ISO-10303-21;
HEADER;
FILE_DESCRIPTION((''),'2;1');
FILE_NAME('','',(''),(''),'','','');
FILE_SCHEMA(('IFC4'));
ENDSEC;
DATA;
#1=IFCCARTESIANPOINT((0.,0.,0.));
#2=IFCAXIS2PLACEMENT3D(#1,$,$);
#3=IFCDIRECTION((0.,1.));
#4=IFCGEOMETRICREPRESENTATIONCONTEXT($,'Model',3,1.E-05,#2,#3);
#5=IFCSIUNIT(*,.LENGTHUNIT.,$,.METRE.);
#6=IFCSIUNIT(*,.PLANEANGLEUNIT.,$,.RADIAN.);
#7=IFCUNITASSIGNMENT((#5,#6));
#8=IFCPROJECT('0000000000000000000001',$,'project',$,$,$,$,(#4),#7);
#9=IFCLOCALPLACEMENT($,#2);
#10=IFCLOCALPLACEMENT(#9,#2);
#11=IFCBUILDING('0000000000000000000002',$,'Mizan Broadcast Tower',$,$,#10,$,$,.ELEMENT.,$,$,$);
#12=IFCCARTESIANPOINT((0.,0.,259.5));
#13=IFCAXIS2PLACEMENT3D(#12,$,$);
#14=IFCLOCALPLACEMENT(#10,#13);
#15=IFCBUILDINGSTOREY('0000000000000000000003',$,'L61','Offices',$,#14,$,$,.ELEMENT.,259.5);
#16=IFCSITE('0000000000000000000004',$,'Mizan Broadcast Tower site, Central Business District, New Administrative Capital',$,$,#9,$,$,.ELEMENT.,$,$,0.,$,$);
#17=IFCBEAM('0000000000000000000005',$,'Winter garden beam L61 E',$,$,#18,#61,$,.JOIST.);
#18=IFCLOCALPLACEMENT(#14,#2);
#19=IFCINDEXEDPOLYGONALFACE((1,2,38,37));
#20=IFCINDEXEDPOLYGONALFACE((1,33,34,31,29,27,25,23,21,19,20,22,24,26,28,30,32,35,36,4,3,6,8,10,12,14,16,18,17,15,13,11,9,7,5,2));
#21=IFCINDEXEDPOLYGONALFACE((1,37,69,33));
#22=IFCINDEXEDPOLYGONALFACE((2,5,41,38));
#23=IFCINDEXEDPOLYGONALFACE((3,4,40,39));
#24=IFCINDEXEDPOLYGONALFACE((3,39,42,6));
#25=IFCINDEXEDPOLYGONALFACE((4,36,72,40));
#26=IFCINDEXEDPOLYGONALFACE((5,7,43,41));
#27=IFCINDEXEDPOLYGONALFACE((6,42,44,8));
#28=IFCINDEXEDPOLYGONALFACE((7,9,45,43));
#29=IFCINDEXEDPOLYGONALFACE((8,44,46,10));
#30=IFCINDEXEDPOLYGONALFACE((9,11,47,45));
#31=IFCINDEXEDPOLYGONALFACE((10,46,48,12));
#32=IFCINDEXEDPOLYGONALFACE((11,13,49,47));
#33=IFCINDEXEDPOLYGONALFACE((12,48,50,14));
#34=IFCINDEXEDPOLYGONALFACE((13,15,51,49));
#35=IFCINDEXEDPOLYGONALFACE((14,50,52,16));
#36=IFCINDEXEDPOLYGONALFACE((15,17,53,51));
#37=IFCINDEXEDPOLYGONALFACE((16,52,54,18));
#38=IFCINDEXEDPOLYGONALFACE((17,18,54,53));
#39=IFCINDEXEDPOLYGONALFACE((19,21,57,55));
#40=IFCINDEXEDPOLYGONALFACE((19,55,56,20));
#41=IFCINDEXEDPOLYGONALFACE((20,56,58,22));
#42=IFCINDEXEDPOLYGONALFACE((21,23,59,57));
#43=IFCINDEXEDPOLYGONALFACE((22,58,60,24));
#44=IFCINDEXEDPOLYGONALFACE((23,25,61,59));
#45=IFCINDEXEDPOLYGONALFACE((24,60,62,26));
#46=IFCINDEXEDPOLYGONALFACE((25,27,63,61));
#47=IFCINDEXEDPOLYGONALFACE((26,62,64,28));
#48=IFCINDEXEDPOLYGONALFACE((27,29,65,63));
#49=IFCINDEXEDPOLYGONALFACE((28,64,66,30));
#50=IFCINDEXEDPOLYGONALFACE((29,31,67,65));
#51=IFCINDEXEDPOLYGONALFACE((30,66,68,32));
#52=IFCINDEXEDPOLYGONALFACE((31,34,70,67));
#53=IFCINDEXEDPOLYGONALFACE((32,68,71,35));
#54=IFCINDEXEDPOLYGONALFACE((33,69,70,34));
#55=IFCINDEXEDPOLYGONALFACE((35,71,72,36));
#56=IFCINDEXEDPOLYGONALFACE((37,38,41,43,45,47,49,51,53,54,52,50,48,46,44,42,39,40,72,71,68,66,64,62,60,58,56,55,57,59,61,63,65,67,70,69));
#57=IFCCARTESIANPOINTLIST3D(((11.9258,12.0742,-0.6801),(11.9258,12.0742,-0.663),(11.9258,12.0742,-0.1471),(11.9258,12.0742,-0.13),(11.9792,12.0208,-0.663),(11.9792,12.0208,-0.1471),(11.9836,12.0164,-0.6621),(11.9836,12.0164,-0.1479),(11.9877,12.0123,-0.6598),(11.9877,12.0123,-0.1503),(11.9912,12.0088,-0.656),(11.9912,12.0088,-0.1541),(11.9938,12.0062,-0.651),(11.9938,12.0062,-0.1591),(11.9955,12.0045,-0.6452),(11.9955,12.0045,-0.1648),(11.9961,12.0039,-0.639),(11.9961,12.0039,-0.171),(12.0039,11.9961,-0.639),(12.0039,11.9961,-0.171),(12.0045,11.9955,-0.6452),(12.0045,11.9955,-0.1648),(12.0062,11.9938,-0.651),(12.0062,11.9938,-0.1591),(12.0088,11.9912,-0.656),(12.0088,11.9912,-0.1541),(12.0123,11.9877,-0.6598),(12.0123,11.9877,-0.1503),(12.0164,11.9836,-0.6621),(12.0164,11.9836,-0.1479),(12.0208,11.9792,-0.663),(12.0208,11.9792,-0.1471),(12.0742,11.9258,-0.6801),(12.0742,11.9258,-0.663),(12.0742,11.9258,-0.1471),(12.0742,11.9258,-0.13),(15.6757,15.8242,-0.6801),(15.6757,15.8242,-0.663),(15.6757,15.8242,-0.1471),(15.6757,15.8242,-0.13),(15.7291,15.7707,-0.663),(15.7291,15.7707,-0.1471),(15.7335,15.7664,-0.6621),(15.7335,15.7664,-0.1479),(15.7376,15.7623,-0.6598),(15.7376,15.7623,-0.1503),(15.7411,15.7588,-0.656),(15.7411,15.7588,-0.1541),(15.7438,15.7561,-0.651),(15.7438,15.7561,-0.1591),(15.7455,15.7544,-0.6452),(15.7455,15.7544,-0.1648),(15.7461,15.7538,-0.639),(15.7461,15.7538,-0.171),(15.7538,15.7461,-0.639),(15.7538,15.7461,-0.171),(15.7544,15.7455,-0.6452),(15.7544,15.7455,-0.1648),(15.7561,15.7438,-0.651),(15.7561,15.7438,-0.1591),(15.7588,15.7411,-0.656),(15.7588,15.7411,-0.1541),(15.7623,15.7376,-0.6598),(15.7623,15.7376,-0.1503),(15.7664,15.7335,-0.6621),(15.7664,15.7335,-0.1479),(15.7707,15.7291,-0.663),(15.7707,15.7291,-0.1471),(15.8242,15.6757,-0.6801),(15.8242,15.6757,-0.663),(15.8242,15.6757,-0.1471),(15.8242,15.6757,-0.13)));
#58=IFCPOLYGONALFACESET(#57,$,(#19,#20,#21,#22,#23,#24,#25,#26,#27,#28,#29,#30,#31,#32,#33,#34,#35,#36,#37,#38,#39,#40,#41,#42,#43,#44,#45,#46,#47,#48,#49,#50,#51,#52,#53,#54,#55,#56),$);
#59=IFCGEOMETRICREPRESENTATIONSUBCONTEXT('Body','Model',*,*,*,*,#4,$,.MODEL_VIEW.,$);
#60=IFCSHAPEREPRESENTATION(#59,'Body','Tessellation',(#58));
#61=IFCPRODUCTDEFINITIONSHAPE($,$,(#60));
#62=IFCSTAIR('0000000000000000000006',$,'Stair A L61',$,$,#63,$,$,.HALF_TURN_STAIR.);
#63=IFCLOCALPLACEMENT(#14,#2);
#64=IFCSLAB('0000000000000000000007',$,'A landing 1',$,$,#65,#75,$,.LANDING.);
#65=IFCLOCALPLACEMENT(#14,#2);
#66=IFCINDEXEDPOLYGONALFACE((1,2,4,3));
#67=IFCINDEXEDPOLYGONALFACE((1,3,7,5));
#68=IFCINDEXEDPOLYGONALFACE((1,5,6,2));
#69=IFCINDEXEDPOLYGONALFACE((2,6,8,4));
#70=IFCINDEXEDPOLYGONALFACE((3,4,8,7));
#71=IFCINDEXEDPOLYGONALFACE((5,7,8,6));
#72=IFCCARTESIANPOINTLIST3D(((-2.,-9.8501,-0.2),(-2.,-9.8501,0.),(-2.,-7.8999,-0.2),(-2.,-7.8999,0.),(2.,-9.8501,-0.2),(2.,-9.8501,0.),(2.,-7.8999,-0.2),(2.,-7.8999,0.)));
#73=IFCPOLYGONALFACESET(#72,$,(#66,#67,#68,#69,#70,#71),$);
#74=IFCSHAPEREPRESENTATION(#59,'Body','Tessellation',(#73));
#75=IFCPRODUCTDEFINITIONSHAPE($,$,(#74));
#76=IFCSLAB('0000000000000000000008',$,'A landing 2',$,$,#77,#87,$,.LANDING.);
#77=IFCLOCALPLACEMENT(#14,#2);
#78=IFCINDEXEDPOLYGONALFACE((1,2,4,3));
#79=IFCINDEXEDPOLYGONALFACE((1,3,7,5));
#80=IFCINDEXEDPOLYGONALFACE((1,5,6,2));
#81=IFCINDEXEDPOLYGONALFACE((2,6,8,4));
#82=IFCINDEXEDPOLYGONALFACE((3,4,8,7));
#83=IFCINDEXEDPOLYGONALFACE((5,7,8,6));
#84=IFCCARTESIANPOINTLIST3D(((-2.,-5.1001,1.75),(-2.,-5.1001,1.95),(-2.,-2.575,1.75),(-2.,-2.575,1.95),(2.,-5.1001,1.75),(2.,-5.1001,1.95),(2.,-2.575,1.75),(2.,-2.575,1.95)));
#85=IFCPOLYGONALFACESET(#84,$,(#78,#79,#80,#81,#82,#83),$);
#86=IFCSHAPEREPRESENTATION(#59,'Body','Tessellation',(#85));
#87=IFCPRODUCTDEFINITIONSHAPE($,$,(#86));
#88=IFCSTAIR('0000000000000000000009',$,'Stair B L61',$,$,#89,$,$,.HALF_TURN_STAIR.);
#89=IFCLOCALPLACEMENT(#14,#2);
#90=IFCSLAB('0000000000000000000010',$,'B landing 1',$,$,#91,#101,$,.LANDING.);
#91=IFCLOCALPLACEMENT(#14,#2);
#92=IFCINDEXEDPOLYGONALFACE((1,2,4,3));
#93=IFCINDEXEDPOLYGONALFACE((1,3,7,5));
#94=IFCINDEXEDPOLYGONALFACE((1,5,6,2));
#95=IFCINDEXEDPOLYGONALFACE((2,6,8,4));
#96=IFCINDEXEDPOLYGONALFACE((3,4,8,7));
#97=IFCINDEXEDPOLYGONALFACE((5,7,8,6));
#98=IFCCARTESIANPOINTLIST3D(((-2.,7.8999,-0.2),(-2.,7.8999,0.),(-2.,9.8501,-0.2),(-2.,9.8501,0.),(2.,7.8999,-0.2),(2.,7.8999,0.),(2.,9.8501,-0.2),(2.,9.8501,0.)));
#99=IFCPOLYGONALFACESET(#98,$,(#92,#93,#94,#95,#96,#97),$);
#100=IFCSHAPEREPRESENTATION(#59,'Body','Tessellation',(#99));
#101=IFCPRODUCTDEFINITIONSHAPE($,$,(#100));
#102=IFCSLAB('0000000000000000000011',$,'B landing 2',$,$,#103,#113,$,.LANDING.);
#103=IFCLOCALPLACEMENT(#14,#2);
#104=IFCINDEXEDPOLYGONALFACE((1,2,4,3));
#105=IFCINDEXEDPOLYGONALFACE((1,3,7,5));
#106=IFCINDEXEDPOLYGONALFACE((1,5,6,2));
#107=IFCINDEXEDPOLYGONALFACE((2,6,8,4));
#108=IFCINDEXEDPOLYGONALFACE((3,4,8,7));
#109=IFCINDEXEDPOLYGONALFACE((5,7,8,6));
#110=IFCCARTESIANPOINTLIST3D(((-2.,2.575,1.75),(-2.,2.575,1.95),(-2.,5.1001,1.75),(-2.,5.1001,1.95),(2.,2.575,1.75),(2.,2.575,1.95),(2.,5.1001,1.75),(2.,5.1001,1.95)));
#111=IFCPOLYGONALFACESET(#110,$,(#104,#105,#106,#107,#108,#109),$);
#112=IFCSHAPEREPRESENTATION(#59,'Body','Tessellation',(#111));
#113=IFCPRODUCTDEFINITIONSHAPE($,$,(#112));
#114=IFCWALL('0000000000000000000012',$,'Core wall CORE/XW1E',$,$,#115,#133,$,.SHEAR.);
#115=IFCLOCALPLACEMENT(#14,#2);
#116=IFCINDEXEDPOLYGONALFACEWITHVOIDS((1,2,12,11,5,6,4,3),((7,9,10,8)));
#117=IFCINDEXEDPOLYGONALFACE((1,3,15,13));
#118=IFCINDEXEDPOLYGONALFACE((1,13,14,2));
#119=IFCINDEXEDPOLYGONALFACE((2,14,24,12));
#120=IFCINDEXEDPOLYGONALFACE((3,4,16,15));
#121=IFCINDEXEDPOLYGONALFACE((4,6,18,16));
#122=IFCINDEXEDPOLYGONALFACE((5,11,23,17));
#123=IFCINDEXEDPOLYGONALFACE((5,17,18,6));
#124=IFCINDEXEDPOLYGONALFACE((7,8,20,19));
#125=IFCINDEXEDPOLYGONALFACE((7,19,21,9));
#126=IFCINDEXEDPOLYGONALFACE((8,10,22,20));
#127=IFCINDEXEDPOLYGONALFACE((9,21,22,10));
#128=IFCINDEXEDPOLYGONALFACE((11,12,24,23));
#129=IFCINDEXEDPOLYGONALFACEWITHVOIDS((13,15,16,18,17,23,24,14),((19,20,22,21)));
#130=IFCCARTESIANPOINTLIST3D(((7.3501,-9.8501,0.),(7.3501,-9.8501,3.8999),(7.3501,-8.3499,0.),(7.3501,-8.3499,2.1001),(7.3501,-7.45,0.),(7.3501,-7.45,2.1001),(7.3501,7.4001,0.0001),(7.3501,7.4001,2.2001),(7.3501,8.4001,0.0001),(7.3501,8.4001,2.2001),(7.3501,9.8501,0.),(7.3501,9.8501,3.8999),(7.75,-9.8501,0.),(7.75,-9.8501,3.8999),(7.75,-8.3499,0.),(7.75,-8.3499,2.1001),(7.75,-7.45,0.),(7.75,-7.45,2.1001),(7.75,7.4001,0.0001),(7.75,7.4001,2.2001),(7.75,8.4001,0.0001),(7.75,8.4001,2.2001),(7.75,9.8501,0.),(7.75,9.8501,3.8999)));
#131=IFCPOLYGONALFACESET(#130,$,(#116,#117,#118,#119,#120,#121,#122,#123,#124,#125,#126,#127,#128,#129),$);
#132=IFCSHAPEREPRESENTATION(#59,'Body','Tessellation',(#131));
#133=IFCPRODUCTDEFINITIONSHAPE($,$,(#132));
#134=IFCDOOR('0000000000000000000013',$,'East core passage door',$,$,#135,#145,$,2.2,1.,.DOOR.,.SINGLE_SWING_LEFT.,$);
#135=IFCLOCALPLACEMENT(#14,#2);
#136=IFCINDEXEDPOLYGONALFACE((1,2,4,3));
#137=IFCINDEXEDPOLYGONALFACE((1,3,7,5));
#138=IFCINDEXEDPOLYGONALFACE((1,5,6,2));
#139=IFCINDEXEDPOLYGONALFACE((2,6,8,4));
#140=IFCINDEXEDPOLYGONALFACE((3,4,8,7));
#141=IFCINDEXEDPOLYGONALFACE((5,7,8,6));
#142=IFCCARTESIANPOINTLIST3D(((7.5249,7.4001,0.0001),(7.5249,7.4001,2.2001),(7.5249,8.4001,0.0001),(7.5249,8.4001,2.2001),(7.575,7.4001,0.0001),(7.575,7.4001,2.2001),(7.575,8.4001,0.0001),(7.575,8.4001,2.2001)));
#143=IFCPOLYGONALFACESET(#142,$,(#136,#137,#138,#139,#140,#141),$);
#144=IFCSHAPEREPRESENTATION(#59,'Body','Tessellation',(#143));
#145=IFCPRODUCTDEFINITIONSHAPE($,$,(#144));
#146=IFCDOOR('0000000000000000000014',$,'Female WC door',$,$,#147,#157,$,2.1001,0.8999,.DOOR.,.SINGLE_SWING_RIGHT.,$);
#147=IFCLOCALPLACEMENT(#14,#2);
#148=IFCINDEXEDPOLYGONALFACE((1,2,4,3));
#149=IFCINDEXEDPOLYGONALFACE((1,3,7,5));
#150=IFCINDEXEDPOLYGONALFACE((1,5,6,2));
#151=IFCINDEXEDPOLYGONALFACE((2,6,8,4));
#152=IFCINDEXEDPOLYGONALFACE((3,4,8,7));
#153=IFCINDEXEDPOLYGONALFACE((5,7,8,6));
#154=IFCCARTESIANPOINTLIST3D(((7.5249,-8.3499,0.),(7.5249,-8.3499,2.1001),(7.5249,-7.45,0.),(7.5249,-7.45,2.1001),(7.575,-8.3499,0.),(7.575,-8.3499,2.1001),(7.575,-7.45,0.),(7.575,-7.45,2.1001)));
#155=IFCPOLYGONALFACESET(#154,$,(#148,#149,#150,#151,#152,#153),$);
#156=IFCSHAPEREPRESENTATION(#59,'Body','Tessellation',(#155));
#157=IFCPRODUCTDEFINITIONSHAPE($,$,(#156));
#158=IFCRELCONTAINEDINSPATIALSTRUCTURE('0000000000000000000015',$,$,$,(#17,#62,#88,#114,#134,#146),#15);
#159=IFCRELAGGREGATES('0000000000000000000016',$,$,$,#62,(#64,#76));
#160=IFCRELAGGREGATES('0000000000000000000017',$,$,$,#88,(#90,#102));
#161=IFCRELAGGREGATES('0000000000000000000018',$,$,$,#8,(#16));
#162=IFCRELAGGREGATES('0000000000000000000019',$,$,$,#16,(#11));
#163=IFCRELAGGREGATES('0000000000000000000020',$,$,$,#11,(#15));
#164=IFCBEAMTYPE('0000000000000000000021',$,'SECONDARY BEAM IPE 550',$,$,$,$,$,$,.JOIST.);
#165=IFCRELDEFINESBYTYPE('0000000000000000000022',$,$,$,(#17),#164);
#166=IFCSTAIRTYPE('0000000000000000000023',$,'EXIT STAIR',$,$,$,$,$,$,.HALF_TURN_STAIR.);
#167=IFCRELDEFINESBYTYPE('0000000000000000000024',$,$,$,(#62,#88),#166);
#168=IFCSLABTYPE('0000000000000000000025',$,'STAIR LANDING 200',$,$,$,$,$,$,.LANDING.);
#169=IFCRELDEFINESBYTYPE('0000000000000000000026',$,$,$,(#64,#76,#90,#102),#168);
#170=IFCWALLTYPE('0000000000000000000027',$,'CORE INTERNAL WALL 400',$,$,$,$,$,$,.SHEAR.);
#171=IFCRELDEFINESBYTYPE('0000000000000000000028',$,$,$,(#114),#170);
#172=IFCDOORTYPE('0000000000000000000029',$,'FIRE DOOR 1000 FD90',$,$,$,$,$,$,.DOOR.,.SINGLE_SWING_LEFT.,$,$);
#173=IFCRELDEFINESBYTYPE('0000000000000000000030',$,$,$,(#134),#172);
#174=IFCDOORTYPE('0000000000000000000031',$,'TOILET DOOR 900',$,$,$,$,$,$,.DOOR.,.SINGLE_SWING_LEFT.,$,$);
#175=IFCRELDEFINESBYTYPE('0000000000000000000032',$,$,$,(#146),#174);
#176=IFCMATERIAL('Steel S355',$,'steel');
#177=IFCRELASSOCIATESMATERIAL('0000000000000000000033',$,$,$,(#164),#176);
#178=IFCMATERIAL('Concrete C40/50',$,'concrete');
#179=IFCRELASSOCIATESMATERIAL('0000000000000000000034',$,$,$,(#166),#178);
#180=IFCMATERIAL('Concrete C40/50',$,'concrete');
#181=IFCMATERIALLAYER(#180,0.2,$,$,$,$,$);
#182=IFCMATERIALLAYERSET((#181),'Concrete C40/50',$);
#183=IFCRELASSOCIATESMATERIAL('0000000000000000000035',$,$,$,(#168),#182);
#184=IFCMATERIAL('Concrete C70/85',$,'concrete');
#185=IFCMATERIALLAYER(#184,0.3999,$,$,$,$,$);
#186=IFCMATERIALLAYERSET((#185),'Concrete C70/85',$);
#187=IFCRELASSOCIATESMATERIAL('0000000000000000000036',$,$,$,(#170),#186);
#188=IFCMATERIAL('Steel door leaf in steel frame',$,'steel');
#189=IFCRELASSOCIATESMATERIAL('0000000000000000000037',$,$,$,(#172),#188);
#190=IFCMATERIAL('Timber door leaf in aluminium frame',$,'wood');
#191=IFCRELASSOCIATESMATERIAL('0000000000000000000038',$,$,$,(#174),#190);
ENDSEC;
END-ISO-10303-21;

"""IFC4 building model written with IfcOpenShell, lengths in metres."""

from ifc_helpers import new_model, si_unit, direction, frame, frame_2d, origin, origin_2d, place, context, subcontext, project, spatial, polyline, rectangle, i_section, outline, extrude, material, layer, layer_set, material_profile, profile_set, type_object, element, fill, aggregate, save


model = new_model("IFC4")

# Units and contexts
model_context = context("Model", 3, precision=1e-05, world=origin(), true_north=direction((0.0, 1.0)))
body_context = subcontext(model_context, "Body", "Model", "MODEL_VIEW")
ifc_project = project(units=[si_unit("LENGTHUNIT", "METRE"), si_unit("PLANEANGLEUNIT", "RADIAN")], contexts=[model_context])

# Site, building, storey
site_placement = place(None, origin())
site = spatial("IfcSite", under=ifc_project, at=site_placement, Name="Mizan Broadcast Tower site, Central Business District, New Administrative Capital", CompositionType="ELEMENT", RefElevation=0.0)
building_placement = place(site_placement, origin())
building = spatial("IfcBuilding", under=site, at=building_placement, Name="Mizan Broadcast Tower", CompositionType="ELEMENT")
storey_placement = place(building_placement, frame((0.0, 0.0, 259.5)))
storey = spatial("IfcBuildingStorey", under=building, at=storey_placement, Name="L61", Description="Offices", CompositionType="ELEMENT", Elevation=259.5)

# Beam
ifc_material_1 = material(Name="Steel S355", Category="steel")
ifc_material_profile_1 = material_profile(ifc_material_1, i_section(OverallWidth=0.21, OverallDepth=0.55, WebThickness=0.011, FlangeThickness=0.0171, FilletRadius=0.0239, at=origin_2d()), Name="IPE 550")
ifc_profile_set_1 = profile_set([ifc_material_profile_1], Name="Steel S355")
beam_type_1 = type_object("IfcBeamType", Name="SECONDARY BEAM IPE 550", PredefinedType="JOIST", material=ifc_profile_set_1)
beam_1_placement = place(storey_placement, frame((12.0, 12.0, -0.405), z_axis=(0.707107, 0.707107, 0.0), x_axis=(-0.707107, 0.707107, 0.0)))
element("IfcBeam", 1, at=beam_1_placement, inside=storey, type_object=beam_type_1, Name="Winter garden beam L61 E", PredefinedType="JOIST", context=body_context, shape_type="SweptSolid", body=[
    extrude(i_section(OverallWidth=0.21, OverallDepth=0.55, WebThickness=0.011, FlangeThickness=0.0171, FilletRadius=0.0239, at=origin_2d()), origin(), (0.0, 0.0, 1.0), 5.3032),
])

# Stairs, slabs
ifc_material_2 = material(Name="Concrete C40/50", Category="concrete")
stair_type = type_object("IfcStairType", Name="EXIT STAIR", PredefinedType="HALF_TURN_STAIR", material=ifc_material_2)
stair_1_placement = place(storey_placement, origin())
stair_1 = element("IfcStair", 2, at=stair_1_placement, inside=storey, type_object=stair_type, Name="Stair A L61", PredefinedType="HALF_TURN_STAIR")
ifc_material_3 = material(Name="Concrete C40/50", Category="concrete")
ifc_layer_1 = layer(ifc_material_3, 0.2)
ifc_layer_set_1 = layer_set([ifc_layer_1], Name="Concrete C40/50")
slab_type = type_object("IfcSlabType", Name="STAIR LANDING 200", PredefinedType="LANDING", material=ifc_layer_set_1)
slab_1_placement = place(storey_placement, frame((0.0, 0.0, -0.2)))
slab_1 = element("IfcSlab", 3, at=slab_1_placement, type_object=slab_type, Name="A landing 1", PredefinedType="LANDING", context=body_context, shape_type="SweptSolid", body=[
    extrude(outline(polyline([(-2.0, -9.8501), (-2.0, -7.8999), (2.0, -7.8999), (2.0, -9.8501), (-2.0, -9.8501)])), origin(), (0.0, 0.0, 1.0), 0.2),
])
slab_2_placement = place(storey_placement, frame((0.0, 0.0, 1.75)))
slab_2 = element("IfcSlab", 4, at=slab_2_placement, type_object=slab_type, Name="A landing 2", PredefinedType="LANDING", context=body_context, shape_type="SweptSolid", body=[
    extrude(outline(polyline([(-2.0, -5.1001), (-2.0, -2.575), (2.0, -2.575), (2.0, -5.1001), (-2.0, -5.1001)])), origin(), (0.0, 0.0, 1.0), 0.2),
])
aggregate(stair_1, [slab_1, slab_2])
stair_2_placement = place(storey_placement, origin())
stair_2 = element("IfcStair", 5, at=stair_2_placement, inside=storey, type_object=stair_type, Name="Stair B L61", PredefinedType="HALF_TURN_STAIR")
slab_3_placement = place(storey_placement, frame((0.0, 0.0, -0.2)))
slab_3 = element("IfcSlab", 6, at=slab_3_placement, type_object=slab_type, Name="B landing 1", PredefinedType="LANDING", context=body_context, shape_type="SweptSolid", body=[
    extrude(outline(polyline([(2.0, 9.8501), (2.0, 7.8999), (-2.0, 7.8999), (-2.0, 9.8501), (2.0, 9.8501)])), origin(), (0.0, 0.0, 1.0), 0.2),
])
slab_4_placement = place(storey_placement, frame((0.0, 0.0, 1.75)))
slab_4 = element("IfcSlab", 7, at=slab_4_placement, type_object=slab_type, Name="B landing 2", PredefinedType="LANDING", context=body_context, shape_type="SweptSolid", body=[
    extrude(outline(polyline([(2.0, 5.1001), (2.0, 2.575), (-2.0, 2.575), (-2.0, 5.1001), (2.0, 5.1001)])), origin(), (0.0, 0.0, 1.0), 0.2),
])

# Wall, openings, doors
ifc_material_4 = material(Name="Concrete C70/85", Category="concrete")
ifc_layer_2 = layer(ifc_material_4, 0.3999)
ifc_layer_set_2 = layer_set([ifc_layer_2], Name="Concrete C70/85")
wall_type_1 = type_object("IfcWallType", Name="CORE INTERNAL WALL 400", PredefinedType="SHEAR", material=ifc_layer_set_2)
wall_1_placement = place(storey_placement, frame((7.55, 9.8501, 0.0), z_axis=(0.0, 0.0, 1.0), x_axis=(0.0, -1.0, 0.0)))
wall_1 = element("IfcWall", 8, at=wall_1_placement, inside=storey, type_object=wall_type_1, Name="Core wall CORE/XW1E", PredefinedType="SHEAR", context=body_context, shape_type="SweptSolid", body=[
    extrude(rectangle(XDim=19.7002, YDim=0.3999, at=frame_2d((9.8501, 0.0))), origin(), (0.0, 0.0, 1.0), 3.8999),
])
opening_1_placement = place(wall_1_placement, frame((1.45, 0.0, 0.0)))
opening_1 = element("IfcOpeningElement", 9, at=opening_1_placement, cuts=wall_1, PredefinedType="OPENING", context=body_context, shape_type="SweptSolid", body=[
    extrude(rectangle(XDim=1.0, YDim=2.2, at=frame_2d((0.5, 1.1001))), frame((0.0, 0.21, 0.0), z_axis=(0.0, -1.0, 0.0), x_axis=(1.0, 0.0, 0.0)), (0.0, 0.0, 1.0), 0.4199),
])
opening_2_placement = place(wall_1_placement, frame((17.3, 0.0, 0.0)))
opening_2 = element("IfcOpeningElement", 10, at=opening_2_placement, cuts=wall_1, PredefinedType="OPENING", context=body_context, shape_type="SweptSolid", body=[
    extrude(rectangle(XDim=0.8999, YDim=2.1001, at=frame_2d((0.45, 1.05))), frame((0.0, 0.21, 0.0), z_axis=(0.0, -1.0, 0.0), x_axis=(1.0, 0.0, 0.0)), (0.0, 0.0, 1.0), 0.4199),
])
ifc_material_5 = material(Name="Steel door leaf in steel frame", Category="steel")
door_type_1 = type_object("IfcDoorType", Name="FIRE DOOR 1000 FD90", OperationType="SINGLE_SWING_LEFT", PredefinedType="DOOR", material=ifc_material_5)
door_1_placement = place(opening_1_placement, origin())
door_1 = element("IfcDoor", 11, at=door_1_placement, inside=storey, type_object=door_type_1, Name="East core passage door", OperationType="SINGLE_SWING_LEFT", OverallHeight=2.2, OverallWidth=1.0, PredefinedType="DOOR", context=body_context, shape_type="SweptSolid", body=[
    extrude(rectangle(XDim=1.0, YDim=2.2, at=frame_2d((0.5, 1.1001))), frame((0.0, 0.0249, 0.0), z_axis=(0.0, -1.0, 0.0), x_axis=(1.0, 0.0, 0.0)), (0.0, 0.0, 1.0), 0.05),
])
fill(opening_1, door_1)
ifc_material_6 = material(Name="Timber door leaf in aluminium frame", Category="wood")
door_type_2 = type_object("IfcDoorType", Name="TOILET DOOR 900", OperationType="SINGLE_SWING_LEFT", PredefinedType="DOOR", material=ifc_material_6)
door_2_placement = place(opening_2_placement, origin())
door_2 = element("IfcDoor", 12, at=door_2_placement, inside=storey, type_object=door_type_2, Name="Female WC door", OperationType="SINGLE_SWING_RIGHT", OverallHeight=2.1001, OverallWidth=0.8999, PredefinedType="DOOR", context=body_context, shape_type="SweptSolid", body=[
    extrude(rectangle(XDim=0.8999, YDim=2.1001, at=frame_2d((0.45, 1.05))), frame((0.0, 0.0249, 0.0), z_axis=(0.0, -1.0, 0.0), x_axis=(1.0, 0.0, 0.0)), (0.0, 0.0, 1.0), 0.05),
])
fill(opening_2, door_2)

aggregate(stair_2, [slab_3, slab_4])

save(model, "model.ifc")
